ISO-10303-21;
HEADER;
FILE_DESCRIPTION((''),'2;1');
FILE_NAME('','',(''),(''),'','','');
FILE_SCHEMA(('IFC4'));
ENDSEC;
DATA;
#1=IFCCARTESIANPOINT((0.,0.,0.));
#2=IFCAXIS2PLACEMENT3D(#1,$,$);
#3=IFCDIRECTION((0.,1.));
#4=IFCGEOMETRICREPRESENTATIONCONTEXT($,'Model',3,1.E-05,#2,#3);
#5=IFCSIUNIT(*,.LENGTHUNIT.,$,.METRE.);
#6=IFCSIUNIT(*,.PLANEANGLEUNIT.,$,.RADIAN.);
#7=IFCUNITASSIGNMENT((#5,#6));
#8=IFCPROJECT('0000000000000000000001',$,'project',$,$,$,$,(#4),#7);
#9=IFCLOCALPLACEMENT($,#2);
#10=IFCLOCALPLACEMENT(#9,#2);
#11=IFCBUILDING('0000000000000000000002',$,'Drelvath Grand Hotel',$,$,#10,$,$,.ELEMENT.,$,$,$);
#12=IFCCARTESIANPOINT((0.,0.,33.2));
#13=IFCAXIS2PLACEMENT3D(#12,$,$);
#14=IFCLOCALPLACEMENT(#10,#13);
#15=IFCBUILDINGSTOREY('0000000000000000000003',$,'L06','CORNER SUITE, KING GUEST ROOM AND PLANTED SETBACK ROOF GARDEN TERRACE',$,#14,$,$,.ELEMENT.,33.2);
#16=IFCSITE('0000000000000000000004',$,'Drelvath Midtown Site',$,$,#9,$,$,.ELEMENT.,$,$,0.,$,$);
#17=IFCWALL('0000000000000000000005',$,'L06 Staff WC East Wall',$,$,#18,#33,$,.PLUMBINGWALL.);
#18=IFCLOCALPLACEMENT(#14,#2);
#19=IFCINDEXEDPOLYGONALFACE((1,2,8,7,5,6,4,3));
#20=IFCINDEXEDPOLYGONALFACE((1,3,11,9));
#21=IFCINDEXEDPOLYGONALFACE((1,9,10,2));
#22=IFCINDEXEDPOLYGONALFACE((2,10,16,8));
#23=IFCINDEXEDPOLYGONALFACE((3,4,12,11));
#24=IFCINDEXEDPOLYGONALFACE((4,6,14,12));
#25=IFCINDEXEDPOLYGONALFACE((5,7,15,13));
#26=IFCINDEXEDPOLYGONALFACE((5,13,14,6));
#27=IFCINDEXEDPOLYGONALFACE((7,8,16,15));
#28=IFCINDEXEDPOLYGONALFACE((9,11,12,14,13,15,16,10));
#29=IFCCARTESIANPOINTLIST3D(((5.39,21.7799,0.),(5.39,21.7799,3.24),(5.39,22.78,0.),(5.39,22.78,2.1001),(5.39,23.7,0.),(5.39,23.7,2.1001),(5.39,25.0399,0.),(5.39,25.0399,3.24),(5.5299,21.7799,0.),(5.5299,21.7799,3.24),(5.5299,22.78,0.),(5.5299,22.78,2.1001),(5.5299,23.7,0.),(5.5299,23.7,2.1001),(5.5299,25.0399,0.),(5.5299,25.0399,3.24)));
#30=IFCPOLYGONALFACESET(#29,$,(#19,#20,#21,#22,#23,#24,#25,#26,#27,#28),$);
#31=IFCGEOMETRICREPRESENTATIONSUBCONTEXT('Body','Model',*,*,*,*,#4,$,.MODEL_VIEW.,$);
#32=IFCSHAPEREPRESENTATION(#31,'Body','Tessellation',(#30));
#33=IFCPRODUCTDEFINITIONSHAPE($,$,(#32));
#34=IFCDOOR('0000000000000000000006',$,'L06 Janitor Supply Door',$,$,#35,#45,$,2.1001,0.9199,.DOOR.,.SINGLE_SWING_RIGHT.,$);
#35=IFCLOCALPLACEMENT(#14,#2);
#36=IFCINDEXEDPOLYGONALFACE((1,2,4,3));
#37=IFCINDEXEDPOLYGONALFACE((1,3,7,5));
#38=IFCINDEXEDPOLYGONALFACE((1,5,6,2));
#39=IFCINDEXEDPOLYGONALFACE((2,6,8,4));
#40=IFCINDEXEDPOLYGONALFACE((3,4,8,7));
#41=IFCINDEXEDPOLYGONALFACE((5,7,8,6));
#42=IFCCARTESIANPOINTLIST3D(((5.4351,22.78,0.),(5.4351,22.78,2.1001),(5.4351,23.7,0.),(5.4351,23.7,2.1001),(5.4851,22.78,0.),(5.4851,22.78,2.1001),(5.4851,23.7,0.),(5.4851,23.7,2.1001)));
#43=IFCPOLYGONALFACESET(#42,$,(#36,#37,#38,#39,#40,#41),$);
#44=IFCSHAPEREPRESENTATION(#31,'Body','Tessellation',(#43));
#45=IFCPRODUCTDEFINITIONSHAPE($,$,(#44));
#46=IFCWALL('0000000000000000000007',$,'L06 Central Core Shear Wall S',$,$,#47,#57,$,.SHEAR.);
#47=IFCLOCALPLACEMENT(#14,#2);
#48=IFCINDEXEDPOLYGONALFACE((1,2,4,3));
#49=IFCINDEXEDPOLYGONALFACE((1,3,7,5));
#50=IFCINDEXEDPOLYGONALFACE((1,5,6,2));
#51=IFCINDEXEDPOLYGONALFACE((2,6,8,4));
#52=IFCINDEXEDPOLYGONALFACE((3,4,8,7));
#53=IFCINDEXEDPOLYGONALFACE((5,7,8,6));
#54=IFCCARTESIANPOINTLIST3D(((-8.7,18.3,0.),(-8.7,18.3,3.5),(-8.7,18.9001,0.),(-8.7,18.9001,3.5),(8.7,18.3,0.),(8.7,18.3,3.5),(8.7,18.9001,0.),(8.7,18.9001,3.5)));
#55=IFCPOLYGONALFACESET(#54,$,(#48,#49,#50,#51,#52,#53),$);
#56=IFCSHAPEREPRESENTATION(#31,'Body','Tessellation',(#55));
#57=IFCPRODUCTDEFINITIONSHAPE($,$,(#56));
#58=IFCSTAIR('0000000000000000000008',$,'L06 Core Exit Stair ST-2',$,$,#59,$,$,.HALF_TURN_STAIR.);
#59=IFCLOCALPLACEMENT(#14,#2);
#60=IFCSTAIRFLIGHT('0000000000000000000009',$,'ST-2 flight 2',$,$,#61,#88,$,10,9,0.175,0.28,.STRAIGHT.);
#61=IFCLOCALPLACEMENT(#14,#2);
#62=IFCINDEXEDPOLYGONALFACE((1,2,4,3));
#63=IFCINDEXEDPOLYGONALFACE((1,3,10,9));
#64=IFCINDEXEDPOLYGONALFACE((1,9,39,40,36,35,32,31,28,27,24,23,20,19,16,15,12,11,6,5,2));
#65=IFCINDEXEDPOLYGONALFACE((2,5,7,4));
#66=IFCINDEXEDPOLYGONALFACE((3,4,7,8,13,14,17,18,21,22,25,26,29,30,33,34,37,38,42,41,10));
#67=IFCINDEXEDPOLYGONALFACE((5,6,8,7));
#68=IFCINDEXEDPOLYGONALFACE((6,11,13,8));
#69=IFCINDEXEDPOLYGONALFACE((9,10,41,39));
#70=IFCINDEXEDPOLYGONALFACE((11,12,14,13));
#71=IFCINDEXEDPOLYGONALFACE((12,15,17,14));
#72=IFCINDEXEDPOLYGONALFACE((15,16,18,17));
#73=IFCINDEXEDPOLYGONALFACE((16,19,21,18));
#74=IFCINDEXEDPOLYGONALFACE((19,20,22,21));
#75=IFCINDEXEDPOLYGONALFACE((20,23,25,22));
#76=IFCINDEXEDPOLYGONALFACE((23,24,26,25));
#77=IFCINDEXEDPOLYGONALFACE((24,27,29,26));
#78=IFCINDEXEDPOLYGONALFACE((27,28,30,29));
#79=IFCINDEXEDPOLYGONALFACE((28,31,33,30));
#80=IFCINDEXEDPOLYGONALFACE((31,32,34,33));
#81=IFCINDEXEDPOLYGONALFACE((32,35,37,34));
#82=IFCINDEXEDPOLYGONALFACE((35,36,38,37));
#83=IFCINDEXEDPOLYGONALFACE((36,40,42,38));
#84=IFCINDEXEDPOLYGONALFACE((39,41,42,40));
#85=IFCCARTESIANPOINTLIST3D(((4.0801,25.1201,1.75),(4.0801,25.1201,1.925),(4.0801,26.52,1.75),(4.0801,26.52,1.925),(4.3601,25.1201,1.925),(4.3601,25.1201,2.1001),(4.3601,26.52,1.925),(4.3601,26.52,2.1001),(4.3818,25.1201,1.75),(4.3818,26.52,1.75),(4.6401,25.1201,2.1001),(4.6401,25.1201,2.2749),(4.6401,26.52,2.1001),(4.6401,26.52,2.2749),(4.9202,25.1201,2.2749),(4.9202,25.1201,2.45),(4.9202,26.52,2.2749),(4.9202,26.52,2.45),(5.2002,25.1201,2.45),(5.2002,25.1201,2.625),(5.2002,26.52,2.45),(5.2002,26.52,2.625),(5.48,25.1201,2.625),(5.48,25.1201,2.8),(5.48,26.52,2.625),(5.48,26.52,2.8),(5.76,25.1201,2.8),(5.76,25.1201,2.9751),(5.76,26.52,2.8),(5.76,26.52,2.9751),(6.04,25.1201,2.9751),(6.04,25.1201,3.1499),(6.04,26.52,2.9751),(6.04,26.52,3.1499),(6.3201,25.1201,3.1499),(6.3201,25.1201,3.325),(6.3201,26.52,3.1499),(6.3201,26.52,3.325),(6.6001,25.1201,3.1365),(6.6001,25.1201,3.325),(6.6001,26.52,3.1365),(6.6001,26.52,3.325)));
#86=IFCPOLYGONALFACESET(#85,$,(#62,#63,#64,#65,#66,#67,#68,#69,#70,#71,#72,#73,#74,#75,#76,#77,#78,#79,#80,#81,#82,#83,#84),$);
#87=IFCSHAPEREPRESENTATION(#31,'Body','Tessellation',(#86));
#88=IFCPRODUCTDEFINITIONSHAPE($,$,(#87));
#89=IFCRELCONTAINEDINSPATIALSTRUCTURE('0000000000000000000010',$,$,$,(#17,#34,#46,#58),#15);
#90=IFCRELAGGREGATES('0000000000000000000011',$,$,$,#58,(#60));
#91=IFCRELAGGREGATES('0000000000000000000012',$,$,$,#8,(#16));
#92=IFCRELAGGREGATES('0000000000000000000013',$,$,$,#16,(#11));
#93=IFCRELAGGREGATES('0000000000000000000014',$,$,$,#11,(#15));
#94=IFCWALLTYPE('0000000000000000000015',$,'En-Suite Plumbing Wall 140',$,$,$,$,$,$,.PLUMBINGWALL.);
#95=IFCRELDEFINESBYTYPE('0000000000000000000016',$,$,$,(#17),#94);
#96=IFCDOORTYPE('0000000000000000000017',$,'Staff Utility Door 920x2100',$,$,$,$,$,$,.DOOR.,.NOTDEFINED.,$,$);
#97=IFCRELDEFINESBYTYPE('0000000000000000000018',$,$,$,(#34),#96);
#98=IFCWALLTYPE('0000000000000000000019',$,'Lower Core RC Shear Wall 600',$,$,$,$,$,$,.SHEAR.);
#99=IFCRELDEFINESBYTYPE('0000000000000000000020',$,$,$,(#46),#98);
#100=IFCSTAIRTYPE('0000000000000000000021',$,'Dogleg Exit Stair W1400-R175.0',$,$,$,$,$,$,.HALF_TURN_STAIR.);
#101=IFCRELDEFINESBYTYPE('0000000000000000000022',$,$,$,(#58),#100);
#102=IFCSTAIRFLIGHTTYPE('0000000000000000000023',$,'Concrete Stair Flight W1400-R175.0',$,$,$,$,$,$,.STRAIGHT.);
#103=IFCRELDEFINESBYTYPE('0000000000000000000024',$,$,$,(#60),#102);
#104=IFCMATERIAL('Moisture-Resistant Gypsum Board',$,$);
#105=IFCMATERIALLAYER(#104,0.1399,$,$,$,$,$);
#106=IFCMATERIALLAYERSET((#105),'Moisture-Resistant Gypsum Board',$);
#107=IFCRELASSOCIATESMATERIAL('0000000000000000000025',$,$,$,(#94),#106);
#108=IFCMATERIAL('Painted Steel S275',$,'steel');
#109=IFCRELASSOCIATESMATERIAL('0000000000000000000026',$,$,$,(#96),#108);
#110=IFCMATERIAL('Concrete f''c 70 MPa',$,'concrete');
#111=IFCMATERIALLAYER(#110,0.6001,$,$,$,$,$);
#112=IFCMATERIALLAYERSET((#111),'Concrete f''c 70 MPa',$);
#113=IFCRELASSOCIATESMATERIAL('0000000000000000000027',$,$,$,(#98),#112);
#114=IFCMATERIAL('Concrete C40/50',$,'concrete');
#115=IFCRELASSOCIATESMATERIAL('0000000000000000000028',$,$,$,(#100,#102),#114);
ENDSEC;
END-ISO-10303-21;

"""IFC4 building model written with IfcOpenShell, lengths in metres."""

from ifc_helpers import new_model, si_unit, direction, frame, frame_2d, origin, place, context, subcontext, project, spatial, polyline, rectangle, outline, extrude, material, layer, layer_set, type_object, element, fill, aggregate, save


model = new_model("IFC4")

# Units and contexts
model_context = context("Model", 3, precision=1e-05, world=origin(), true_north=direction((0.0, 1.0)))
body_context = subcontext(model_context, "Body", "Model", "MODEL_VIEW")
ifc_project = project(units=[si_unit("LENGTHUNIT", "METRE"), si_unit("PLANEANGLEUNIT", "RADIAN")], contexts=[model_context])

# Site, building, storey
site_placement = place(None, origin())
site = spatial("IfcSite", under=ifc_project, at=site_placement, Name="Drelvath Midtown Site", CompositionType="ELEMENT", RefElevation=0.0)
building_placement = place(site_placement, origin())
building = spatial("IfcBuilding", under=site, at=building_placement, Name="Drelvath Grand Hotel", CompositionType="ELEMENT")
storey_placement = place(building_placement, frame((0.0, 0.0, 33.2)))
storey = spatial("IfcBuildingStorey", under=building, at=storey_placement, Name="L06", Description="CORNER SUITE, KING GUEST ROOM AND PLANTED SETBACK ROOF GARDEN TERRACE", CompositionType="ELEMENT", Elevation=33.2)

# Shared definitions
ifc_material_1 = material(Name="Concrete f'c 70 MPa", Category="concrete")

# Shared definitions
ifc_material_2 = material(Name="Concrete C40/50", Category="concrete")

# Wall, opening, door
ifc_material_3 = material(Name="Moisture-Resistant Gypsum Board")
ifc_layer_1 = layer(ifc_material_3, 0.1399)
ifc_layer_set_1 = layer_set([ifc_layer_1], Name="Moisture-Resistant Gypsum Board")
wall_type_1 = type_object("IfcWallType", Name="En-Suite Plumbing Wall 140", PredefinedType="PLUMBINGWALL", material=ifc_layer_set_1)
ifc_material_4 = material(Name="Painted Steel S275", Category="steel")
door_type = type_object("IfcDoorType", Name="Staff Utility Door 920x2100", OperationType="NOTDEFINED", PredefinedType="DOOR", material=ifc_material_4)
wall_1_placement = place(storey_placement, frame((5.46, 21.78, 0.0), z_axis=(0.0, 0.0, 1.0), x_axis=(0.0, 1.0, 0.0)))
wall_1 = element("IfcWall", 1, at=wall_1_placement, inside=storey, type_object=wall_type_1, Name="L06 Staff WC East Wall", PredefinedType="PLUMBINGWALL", context=body_context, shape_type="SweptSolid", body=[
    extrude(rectangle(XDim=3.26, YDim=0.1399, at=frame_2d((1.6299, 0.0))), origin(), (0.0, 0.0, 1.0), 3.24),
])
opening_1_placement = place(wall_1_placement, frame((1.0, 0.0, 0.0)))
opening_1 = element("IfcOpeningElement", 2, at=opening_1_placement, cuts=wall_1, PredefinedType="OPENING", context=body_context, shape_type="SweptSolid", body=[
    extrude(rectangle(XDim=0.9199, YDim=2.1001, at=frame_2d((0.46, 1.05))), frame((0.0, 0.0798, 0.0), z_axis=(0.0, -1.0, 0.0), x_axis=(1.0, 0.0, 0.0)), (0.0, 0.0, 1.0), 0.1599),
])
door_1_placement = place(opening_1_placement, origin())
door_1 = element("IfcDoor", 3, at=door_1_placement, inside=storey, type_object=door_type, Name="L06 Janitor Supply Door", OperationType="SINGLE_SWING_RIGHT", OverallHeight=2.1001, OverallWidth=0.9199, PredefinedType="DOOR", context=body_context, shape_type="SweptSolid", body=[
    extrude(rectangle(XDim=0.9199, YDim=2.1001, at=frame_2d((0.46, 1.05))), frame((0.0, 0.0249, 0.0), z_axis=(0.0, -1.0, 0.0), x_axis=(1.0, 0.0, 0.0)), (0.0, 0.0, 1.0), 0.05),
])
fill(opening_1, door_1)

# Wall
ifc_layer_2 = layer(ifc_material_1, 0.6001)
ifc_layer_set_2 = layer_set([ifc_layer_2], Name="Concrete f'c 70 MPa")
wall_type_2 = type_object("IfcWallType", Name="Lower Core RC Shear Wall 600", PredefinedType="SHEAR", material=ifc_layer_set_2)
wall_2_placement = place(storey_placement, frame((8.7, 18.6001, 0.0), z_axis=(0.0, 0.0, 1.0), x_axis=(-1.0, 0.0, 0.0)))
element("IfcWall", 4, at=wall_2_placement, inside=storey, type_object=wall_type_2, Name="L06 Central Core Shear Wall S", PredefinedType="SHEAR", context=body_context, shape_type="SweptSolid", body=[
    extrude(rectangle(XDim=17.3999, YDim=0.6001, at=frame_2d((8.7, 0.0))), origin(), (0.0, 0.0, 1.0), 3.5),
])

# Stair, stair flight
stair_type = type_object("IfcStairType", Name="Dogleg Exit Stair W1400-R175.0", PredefinedType="HALF_TURN_STAIR", material=ifc_material_2)
stair_placement = place(storey_placement, origin())
stair = element("IfcStair", 5, at=stair_placement, inside=storey, type_object=stair_type, Name="L06 Core Exit Stair ST-2", PredefinedType="HALF_TURN_STAIR")
stair_flight_type = type_object("IfcStairFlightType", Name="Concrete Stair Flight W1400-R175.0", PredefinedType="STRAIGHT", material=ifc_material_2)
stair_flight_placement = place(storey_placement, frame((4.0801, 25.8201, 1.75), z_axis=(0.0, 0.0, 1.0), x_axis=(1.0, 0.0, 0.0)))
stair_flight = element("IfcStairFlight", 6, at=stair_flight_placement, type_object=stair_flight_type, Name="ST-2 flight 2", NumberOfRisers=10, NumberOfTreads=9, PredefinedType="STRAIGHT", RiserHeight=0.175, TreadLength=0.28, context=body_context, shape_type="SweptSolid", body=[
    extrude(outline(polyline([(0.0, 0.0), (0.0, 0.175), (0.28, 0.175), (0.28, 0.3501), (0.5601, 0.3501), (0.5601, 0.5249), (0.8401, 0.5249), (0.8401, 0.7), (1.1201, 0.7), (1.1201, 0.875), (1.3999, 0.875), (1.3999, 1.05), (1.6799, 1.05), (1.6799, 1.2251), (1.96, 1.2251), (1.96, 1.3999), (2.24, 1.3999), (2.24, 1.575), (2.52, 1.575), (2.52, 1.75), (2.52, 1.3865), (0.3018, 0.0), (0.0, 0.0)])), frame((0.0, 0.7, 0.0), z_axis=(0.0, -1.0, 0.0), x_axis=(1.0, 0.0, 0.0)), (0.0, 0.0, 1.0), 1.3999),
])
aggregate(stair, [stair_flight])

save(model, "model.ifc")
